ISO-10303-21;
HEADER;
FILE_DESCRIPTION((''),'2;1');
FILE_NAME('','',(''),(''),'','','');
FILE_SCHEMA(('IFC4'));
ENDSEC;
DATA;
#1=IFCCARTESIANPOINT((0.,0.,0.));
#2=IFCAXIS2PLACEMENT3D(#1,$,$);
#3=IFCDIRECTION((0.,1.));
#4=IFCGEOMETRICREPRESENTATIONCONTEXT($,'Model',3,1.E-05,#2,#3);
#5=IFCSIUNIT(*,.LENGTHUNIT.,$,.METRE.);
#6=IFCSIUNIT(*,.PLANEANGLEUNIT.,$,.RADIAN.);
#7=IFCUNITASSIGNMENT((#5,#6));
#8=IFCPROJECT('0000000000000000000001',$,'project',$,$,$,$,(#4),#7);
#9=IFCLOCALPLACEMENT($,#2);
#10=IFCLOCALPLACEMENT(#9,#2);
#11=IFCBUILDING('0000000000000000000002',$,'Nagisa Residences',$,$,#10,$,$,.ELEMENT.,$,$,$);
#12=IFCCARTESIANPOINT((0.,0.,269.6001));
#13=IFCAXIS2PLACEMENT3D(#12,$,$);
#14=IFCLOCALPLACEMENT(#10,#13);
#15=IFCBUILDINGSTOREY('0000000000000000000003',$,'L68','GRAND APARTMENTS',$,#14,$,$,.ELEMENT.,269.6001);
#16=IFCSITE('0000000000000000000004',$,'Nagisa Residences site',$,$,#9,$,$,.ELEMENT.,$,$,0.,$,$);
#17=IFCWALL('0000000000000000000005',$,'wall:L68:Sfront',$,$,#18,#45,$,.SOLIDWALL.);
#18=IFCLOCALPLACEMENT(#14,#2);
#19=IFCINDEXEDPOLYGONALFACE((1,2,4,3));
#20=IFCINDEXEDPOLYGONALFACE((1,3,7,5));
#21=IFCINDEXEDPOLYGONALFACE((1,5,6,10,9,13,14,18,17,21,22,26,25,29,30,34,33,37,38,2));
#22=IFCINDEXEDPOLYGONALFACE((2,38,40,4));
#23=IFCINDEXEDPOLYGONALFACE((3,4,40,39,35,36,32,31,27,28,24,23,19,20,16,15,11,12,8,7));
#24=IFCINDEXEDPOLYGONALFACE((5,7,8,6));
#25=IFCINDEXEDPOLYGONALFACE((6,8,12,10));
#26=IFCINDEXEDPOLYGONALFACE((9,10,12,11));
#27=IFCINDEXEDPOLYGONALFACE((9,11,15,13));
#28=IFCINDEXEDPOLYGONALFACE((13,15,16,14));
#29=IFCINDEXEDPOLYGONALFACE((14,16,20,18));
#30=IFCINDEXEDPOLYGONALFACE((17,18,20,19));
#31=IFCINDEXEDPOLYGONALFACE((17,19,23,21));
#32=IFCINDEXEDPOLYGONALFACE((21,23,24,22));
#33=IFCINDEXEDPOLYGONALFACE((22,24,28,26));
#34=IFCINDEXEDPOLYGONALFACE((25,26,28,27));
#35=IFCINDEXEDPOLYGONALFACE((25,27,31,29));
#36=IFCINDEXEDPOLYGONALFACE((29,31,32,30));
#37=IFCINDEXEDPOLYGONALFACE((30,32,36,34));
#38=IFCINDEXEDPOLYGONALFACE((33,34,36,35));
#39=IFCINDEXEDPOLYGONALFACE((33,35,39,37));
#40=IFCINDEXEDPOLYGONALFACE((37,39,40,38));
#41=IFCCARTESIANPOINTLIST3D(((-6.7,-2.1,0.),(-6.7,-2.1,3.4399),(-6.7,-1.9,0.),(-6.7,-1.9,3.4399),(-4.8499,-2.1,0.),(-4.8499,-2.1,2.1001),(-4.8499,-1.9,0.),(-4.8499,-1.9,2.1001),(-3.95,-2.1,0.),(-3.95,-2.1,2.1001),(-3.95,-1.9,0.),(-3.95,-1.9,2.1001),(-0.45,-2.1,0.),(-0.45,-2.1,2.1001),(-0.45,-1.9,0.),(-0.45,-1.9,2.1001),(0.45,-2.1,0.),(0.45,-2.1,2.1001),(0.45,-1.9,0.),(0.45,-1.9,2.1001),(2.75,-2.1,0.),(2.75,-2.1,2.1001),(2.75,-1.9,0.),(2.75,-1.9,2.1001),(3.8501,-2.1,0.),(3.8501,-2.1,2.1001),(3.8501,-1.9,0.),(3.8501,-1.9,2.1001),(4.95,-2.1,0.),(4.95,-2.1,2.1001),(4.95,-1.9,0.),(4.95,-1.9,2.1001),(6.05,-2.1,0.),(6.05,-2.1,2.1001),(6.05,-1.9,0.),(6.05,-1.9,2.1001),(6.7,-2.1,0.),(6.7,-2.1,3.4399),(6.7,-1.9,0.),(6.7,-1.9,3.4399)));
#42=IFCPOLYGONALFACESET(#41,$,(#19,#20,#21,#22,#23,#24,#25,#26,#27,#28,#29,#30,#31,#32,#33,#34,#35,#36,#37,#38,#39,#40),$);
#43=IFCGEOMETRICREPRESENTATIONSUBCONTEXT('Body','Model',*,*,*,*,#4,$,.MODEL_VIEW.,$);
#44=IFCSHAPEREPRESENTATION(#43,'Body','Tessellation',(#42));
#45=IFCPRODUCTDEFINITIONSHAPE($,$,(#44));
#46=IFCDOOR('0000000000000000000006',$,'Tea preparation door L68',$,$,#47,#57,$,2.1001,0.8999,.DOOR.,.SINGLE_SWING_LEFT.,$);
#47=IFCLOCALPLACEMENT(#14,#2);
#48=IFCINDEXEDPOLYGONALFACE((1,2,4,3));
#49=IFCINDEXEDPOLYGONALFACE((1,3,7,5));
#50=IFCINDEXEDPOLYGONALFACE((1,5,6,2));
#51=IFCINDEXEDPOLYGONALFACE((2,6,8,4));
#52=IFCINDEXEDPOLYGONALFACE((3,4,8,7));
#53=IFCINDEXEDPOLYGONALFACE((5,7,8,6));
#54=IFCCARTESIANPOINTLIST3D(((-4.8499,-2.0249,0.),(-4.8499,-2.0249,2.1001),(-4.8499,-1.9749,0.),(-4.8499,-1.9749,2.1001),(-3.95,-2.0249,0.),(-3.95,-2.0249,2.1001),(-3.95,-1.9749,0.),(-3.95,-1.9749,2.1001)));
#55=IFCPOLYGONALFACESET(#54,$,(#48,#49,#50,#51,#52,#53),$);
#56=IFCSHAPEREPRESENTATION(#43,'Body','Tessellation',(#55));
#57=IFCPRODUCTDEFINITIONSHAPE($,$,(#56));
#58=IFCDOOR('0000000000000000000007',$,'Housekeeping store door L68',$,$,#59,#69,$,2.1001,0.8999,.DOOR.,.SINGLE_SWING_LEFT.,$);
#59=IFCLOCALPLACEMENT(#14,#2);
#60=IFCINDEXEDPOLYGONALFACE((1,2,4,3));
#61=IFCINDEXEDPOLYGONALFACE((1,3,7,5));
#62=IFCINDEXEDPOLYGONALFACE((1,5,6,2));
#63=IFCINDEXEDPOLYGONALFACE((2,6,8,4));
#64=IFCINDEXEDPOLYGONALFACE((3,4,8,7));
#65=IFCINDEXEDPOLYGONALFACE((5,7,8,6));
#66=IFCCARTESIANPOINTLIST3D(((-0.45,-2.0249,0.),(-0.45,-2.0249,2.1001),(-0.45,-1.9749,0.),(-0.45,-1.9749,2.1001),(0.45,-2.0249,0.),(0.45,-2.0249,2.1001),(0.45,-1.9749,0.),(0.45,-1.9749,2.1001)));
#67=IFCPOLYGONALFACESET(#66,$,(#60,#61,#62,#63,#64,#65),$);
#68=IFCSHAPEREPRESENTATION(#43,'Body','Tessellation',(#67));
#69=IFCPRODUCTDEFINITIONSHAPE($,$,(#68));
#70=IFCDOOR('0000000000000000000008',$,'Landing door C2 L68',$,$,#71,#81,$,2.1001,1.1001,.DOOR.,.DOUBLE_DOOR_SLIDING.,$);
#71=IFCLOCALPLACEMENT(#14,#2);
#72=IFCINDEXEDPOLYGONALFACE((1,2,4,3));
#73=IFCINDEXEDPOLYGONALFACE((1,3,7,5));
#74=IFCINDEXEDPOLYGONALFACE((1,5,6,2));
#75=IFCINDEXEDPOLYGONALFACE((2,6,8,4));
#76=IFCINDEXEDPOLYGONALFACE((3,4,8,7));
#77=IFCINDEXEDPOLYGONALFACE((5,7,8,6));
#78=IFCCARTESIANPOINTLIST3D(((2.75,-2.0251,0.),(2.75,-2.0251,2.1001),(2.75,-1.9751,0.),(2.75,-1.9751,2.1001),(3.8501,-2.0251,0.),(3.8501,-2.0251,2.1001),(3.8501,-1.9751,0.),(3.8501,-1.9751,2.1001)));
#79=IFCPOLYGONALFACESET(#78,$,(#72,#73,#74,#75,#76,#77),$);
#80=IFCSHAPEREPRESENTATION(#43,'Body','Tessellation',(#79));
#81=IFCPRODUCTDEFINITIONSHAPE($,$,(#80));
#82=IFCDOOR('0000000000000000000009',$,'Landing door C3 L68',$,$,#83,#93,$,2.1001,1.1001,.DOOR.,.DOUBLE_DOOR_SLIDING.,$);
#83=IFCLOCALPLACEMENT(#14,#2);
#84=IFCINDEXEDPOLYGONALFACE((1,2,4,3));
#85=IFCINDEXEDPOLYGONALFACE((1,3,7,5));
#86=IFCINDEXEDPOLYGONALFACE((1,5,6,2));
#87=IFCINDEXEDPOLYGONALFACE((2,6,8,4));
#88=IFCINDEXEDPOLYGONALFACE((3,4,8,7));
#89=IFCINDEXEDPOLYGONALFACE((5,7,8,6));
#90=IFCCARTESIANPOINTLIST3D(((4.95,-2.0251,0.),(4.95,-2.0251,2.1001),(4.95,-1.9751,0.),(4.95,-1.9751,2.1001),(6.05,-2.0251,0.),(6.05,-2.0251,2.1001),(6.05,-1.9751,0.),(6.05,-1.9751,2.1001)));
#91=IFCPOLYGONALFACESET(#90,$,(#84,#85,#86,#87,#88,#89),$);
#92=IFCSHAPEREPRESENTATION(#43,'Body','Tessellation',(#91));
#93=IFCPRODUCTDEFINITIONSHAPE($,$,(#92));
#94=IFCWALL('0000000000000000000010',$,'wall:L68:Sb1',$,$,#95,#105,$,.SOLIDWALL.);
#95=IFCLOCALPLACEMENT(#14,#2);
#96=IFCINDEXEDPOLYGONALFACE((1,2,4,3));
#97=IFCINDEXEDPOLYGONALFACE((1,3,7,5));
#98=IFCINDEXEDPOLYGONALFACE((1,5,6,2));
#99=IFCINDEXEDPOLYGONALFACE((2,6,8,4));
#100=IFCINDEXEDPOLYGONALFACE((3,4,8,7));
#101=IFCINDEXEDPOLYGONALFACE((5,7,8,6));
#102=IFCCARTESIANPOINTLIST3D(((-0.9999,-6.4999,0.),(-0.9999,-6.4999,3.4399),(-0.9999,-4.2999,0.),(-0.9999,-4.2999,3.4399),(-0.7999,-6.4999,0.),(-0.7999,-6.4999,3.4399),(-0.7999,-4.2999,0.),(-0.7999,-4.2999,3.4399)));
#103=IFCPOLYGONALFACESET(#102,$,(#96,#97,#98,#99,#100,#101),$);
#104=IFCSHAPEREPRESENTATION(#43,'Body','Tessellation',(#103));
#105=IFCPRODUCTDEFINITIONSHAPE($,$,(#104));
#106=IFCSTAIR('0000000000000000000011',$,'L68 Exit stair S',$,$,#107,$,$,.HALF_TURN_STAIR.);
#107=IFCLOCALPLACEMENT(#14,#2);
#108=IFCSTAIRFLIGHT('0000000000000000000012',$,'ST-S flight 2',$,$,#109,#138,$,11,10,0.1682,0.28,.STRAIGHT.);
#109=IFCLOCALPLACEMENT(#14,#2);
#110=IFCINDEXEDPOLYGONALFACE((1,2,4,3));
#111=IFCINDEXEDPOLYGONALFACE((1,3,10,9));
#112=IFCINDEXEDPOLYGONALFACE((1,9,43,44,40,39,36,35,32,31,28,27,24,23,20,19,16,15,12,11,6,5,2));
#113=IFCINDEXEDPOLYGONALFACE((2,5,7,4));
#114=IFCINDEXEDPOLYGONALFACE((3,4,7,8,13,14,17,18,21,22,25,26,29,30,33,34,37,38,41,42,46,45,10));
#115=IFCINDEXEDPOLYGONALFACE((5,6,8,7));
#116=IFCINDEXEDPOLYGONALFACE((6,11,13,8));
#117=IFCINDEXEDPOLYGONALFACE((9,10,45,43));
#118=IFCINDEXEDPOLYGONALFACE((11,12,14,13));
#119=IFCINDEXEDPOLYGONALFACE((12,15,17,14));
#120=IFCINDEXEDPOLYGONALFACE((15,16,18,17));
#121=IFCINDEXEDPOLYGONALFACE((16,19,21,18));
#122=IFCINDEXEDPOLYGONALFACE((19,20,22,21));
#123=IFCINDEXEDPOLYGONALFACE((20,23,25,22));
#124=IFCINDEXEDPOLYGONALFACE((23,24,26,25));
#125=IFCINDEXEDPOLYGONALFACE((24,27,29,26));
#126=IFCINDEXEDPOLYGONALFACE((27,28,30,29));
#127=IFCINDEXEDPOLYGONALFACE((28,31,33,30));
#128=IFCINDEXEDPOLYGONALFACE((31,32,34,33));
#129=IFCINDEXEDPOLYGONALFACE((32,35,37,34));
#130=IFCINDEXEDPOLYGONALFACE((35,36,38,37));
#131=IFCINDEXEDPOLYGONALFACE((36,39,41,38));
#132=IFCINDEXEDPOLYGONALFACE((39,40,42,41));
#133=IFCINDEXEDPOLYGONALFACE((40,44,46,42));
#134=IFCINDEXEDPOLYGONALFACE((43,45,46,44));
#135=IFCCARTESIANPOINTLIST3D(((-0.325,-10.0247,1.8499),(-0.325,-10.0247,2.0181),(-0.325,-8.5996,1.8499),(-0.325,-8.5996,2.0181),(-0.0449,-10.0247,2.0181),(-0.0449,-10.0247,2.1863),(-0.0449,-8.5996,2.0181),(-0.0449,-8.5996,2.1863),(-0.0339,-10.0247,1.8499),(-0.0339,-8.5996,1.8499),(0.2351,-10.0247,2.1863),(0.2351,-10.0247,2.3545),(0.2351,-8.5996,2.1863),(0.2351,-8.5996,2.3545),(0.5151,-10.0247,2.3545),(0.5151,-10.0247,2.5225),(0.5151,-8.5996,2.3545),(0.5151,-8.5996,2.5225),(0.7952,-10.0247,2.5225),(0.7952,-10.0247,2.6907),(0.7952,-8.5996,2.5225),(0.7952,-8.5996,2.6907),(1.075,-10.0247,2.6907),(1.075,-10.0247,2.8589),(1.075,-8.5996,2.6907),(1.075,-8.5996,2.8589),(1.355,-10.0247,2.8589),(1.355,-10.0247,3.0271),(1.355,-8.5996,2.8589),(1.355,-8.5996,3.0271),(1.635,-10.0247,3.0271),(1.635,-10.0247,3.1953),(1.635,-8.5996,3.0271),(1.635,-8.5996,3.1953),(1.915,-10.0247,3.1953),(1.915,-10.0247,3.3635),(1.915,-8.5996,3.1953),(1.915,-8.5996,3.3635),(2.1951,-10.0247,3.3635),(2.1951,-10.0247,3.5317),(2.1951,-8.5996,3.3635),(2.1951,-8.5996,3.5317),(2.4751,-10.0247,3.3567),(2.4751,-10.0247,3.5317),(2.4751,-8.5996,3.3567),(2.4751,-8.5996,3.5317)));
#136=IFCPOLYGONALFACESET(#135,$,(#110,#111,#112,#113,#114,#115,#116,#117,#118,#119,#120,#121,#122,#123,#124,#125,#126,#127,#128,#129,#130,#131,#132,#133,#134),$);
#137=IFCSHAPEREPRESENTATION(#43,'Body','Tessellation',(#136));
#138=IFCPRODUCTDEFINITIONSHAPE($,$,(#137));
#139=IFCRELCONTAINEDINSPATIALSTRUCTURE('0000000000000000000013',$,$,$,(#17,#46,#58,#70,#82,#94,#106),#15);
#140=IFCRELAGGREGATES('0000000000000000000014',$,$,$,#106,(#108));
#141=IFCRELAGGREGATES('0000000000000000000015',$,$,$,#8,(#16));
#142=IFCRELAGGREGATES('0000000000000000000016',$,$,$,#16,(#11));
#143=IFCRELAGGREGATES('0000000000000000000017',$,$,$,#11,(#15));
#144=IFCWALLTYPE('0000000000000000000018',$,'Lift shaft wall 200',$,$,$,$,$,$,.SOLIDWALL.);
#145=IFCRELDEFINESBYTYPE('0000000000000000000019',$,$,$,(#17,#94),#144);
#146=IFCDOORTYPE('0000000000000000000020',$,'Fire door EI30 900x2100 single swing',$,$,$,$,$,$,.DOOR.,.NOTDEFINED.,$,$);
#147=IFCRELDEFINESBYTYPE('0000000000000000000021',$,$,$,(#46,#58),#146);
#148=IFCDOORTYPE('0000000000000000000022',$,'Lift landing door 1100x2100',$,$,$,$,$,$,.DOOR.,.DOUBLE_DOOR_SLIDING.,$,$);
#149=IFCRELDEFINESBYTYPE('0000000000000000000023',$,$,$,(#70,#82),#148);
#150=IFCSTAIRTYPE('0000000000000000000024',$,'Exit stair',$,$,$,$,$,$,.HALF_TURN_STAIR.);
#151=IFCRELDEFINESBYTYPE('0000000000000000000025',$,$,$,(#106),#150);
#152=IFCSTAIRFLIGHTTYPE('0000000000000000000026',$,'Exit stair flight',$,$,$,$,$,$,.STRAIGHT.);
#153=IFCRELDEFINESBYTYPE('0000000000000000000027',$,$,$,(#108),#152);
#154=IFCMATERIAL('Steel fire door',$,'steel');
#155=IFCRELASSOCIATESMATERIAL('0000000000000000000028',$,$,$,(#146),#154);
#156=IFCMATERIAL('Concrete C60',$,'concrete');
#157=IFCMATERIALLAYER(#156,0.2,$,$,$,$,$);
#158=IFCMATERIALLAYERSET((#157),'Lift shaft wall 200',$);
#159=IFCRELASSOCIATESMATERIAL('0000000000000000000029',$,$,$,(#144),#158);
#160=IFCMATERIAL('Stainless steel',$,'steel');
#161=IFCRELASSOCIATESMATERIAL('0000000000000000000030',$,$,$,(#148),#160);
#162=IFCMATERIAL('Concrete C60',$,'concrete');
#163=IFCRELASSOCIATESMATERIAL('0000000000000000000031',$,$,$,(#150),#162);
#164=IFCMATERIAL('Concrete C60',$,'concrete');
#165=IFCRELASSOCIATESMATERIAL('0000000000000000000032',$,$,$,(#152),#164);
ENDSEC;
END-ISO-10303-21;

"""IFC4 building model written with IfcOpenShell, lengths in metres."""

from ifc_helpers import new_model, si_unit, direction, frame, frame_2d, origin, place, context, subcontext, project, spatial, polyline, rectangle, outline, extrude, material, layer, layer_set, type_object, element, fill, aggregate, save


model = new_model("IFC4")

# Units and contexts
model_context = context("Model", 3, precision=1e-05, world=origin(), true_north=direction((0.0, 1.0)))
body_context = subcontext(model_context, "Body", "Model", "MODEL_VIEW")
ifc_project = project(units=[si_unit("LENGTHUNIT", "METRE"), si_unit("PLANEANGLEUNIT", "RADIAN")], contexts=[model_context])

# Site, building, storey
site_placement = place(None, origin())
site = spatial("IfcSite", under=ifc_project, at=site_placement, Name="Nagisa Residences site", CompositionType="ELEMENT", RefElevation=0.0)
building_placement = place(site_placement, origin())
building = spatial("IfcBuilding", under=site, at=building_placement, Name="Nagisa Residences", CompositionType="ELEMENT")
storey_placement = place(building_placement, frame((0.0, 0.0, 269.6001)))
storey = spatial("IfcBuildingStorey", under=building, at=storey_placement, Name="L68", Description="GRAND APARTMENTS", CompositionType="ELEMENT", Elevation=269.6001)

# Shared definitions
ifc_material_1 = material(Name="Steel fire door", Category="steel")
door_type_1 = type_object("IfcDoorType", Name="Fire door EI30 900x2100 single swing", OperationType="NOTDEFINED", PredefinedType="DOOR", material=ifc_material_1)

# Shared definitions
ifc_material_2 = material(Name="Concrete C60", Category="concrete")
ifc_layer_1 = layer(ifc_material_2, 0.2)
ifc_layer_set_1 = layer_set([ifc_layer_1], Name="Lift shaft wall 200")
wall_type_1 = type_object("IfcWallType", Name="Lift shaft wall 200", PredefinedType="SOLIDWALL", material=ifc_layer_set_1)

# Wall, openings, doors
wall_1_placement = place(storey_placement, frame((-6.7, -2.0, 0.0), z_axis=(0.0, 0.0, 1.0), x_axis=(1.0, 0.0, 0.0)))
wall_1 = element("IfcWall", 1, at=wall_1_placement, inside=storey, type_object=wall_type_1, Name="wall:L68:Sfront", PredefinedType="SOLIDWALL", context=body_context, shape_type="SweptSolid", body=[
    extrude(rectangle(XDim=13.3999, YDim=0.2, at=frame_2d((6.7, 0.0))), origin(), (0.0, 0.0, 1.0), 3.4399),
])
opening_1_placement = place(wall_1_placement, frame((9.45, 0.0, 0.0)))
opening_1 = element("IfcOpeningElement", 2, at=opening_1_placement, cuts=wall_1, PredefinedType="OPENING", context=body_context, shape_type="SweptSolid", body=[
    extrude(rectangle(XDim=1.1001, YDim=2.1001, at=frame_2d((0.55, 1.05))), frame((0.0, 0.1099, 0.0), z_axis=(0.0, -1.0, 0.0), x_axis=(1.0, 0.0, 0.0)), (0.0, 0.0, 1.0), 0.22),
])
opening_2_placement = place(wall_1_placement, frame((11.6499, 0.0, 0.0)))
opening_2 = element("IfcOpeningElement", 3, at=opening_2_placement, cuts=wall_1, PredefinedType="OPENING", context=body_context, shape_type="SweptSolid", body=[
    extrude(rectangle(XDim=1.1001, YDim=2.1001, at=frame_2d((0.55, 1.05))), frame((0.0, 0.1099, 0.0), z_axis=(0.0, -1.0, 0.0), x_axis=(1.0, 0.0, 0.0)), (0.0, 0.0, 1.0), 0.22),
])
opening_3_placement = place(wall_1_placement, frame((1.8501, 0.0, 0.0)))
opening_3 = element("IfcOpeningElement", 4, at=opening_3_placement, cuts=wall_1, PredefinedType="OPENING", context=body_context, shape_type="SweptSolid", body=[
    extrude(rectangle(XDim=0.8999, YDim=2.1001, at=frame_2d((0.45, 1.05))), frame((0.0, 0.1099, 0.0), z_axis=(0.0, -1.0, 0.0), x_axis=(1.0, 0.0, 0.0)), (0.0, 0.0, 1.0), 0.22),
])
opening_4_placement = place(wall_1_placement, frame((6.25, 0.0, 0.0)))
opening_4 = element("IfcOpeningElement", 5, at=opening_4_placement, cuts=wall_1, PredefinedType="OPENING", context=body_context, shape_type="SweptSolid", body=[
    extrude(rectangle(XDim=0.8999, YDim=2.1001, at=frame_2d((0.45, 1.05))), frame((0.0, 0.1099, 0.0), z_axis=(0.0, -1.0, 0.0), x_axis=(1.0, 0.0, 0.0)), (0.0, 0.0, 1.0), 0.22),
])
door_1_placement = place(opening_3_placement, frame((0.8999, 0.0, 0.0), x_axis=(-1.0, 0.0, 0.0)))
door_1 = element("IfcDoor", 6, at=door_1_placement, inside=storey, type_object=door_type_1, Name="Tea preparation door L68", OperationType="SINGLE_SWING_LEFT", OverallHeight=2.1001, OverallWidth=0.8999, PredefinedType="DOOR", context=body_context, shape_type="SweptSolid", body=[
    extrude(rectangle(XDim=0.8999, YDim=2.1001, at=frame_2d((0.45, 1.05))), frame((0.0, 0.0249, 0.0), z_axis=(0.0, -1.0, 0.0), x_axis=(1.0, 0.0, 0.0)), (0.0, 0.0, 1.0), 0.05),
])
fill(opening_3, door_1)
door_2_placement = place(opening_4_placement, frame((0.8999, 0.0, 0.0), x_axis=(-1.0, 0.0, 0.0)))
door_2 = element("IfcDoor", 7, at=door_2_placement, inside=storey, type_object=door_type_1, Name="Housekeeping store door L68", OperationType="SINGLE_SWING_LEFT", OverallHeight=2.1001, OverallWidth=0.8999, PredefinedType="DOOR", context=body_context, shape_type="SweptSolid", body=[
    extrude(rectangle(XDim=0.8999, YDim=2.1001, at=frame_2d((0.45, 1.05))), frame((0.0, 0.0249, 0.0), z_axis=(0.0, -1.0, 0.0), x_axis=(1.0, 0.0, 0.0)), (0.0, 0.0, 1.0), 0.05),
])
fill(opening_4, door_2)
ifc_material_3 = material(Name="Stainless steel", Category="steel")
door_type_2 = type_object("IfcDoorType", Name="Lift landing door 1100x2100", OperationType="DOUBLE_DOOR_SLIDING", PredefinedType="DOOR", material=ifc_material_3)
door_3_placement = place(opening_1_placement, origin())
door_3 = element("IfcDoor", 8, at=door_3_placement, inside=storey, type_object=door_type_2, Name="Landing door C2 L68", OperationType="DOUBLE_DOOR_SLIDING", OverallHeight=2.1001, OverallWidth=1.1001, PredefinedType="DOOR", context=body_context, shape_type="SweptSolid", body=[
    extrude(rectangle(XDim=1.1001, YDim=2.1001, at=frame_2d((0.55, 1.05))), frame((0.0, 0.0249, 0.0), z_axis=(0.0, -1.0, 0.0), x_axis=(1.0, 0.0, 0.0)), (0.0, 0.0, 1.0), 0.05),
])
fill(opening_1, door_3)
door_4_placement = place(opening_2_placement, origin())
door_4 = element("IfcDoor", 9, at=door_4_placement, inside=storey, type_object=door_type_2, Name="Landing door C3 L68", OperationType="DOUBLE_DOOR_SLIDING", OverallHeight=2.1001, OverallWidth=1.1001, PredefinedType="DOOR", context=body_context, shape_type="SweptSolid", body=[
    extrude(rectangle(XDim=1.1001, YDim=2.1001, at=frame_2d((0.55, 1.05))), frame((0.0, 0.0249, 0.0), z_axis=(0.0, -1.0, 0.0), x_axis=(1.0, 0.0, 0.0)), (0.0, 0.0, 1.0), 0.05),
])
fill(opening_2, door_4)

# Wall
wall_2_placement = place(storey_placement, frame((-0.8999, -6.5, 0.0), z_axis=(0.0, 0.0, 1.0), x_axis=(0.0, 1.0, 0.0)))
element("IfcWall", 10, at=wall_2_placement, inside=storey, type_object=wall_type_1, Name="wall:L68:Sb1", PredefinedType="SOLIDWALL", context=body_context, shape_type="SweptSolid", body=[
    extrude(rectangle(XDim=2.2, YDim=0.2, at=frame_2d((1.1001, 0.0))), origin(), (0.0, 0.0, 1.0), 3.4399),
])

# Stair, stair flight
ifc_material_4 = material(Name="Concrete C60", Category="concrete")
stair_type = type_object("IfcStairType", Name="Exit stair", PredefinedType="HALF_TURN_STAIR", material=ifc_material_4)
stair_placement = place(storey_placement, origin())
stair = element("IfcStair", 11, at=stair_placement, inside=storey, type_object=stair_type, Name="L68 Exit stair S", PredefinedType="HALF_TURN_STAIR")
ifc_material_5 = material(Name="Concrete C60", Category="concrete")
stair_flight_type = type_object("IfcStairFlightType", Name="Exit stair flight", PredefinedType="STRAIGHT", material=ifc_material_5)
stair_flight_placement = place(storey_placement, frame((-0.325, -9.312, 1.8499), z_axis=(0.0, 0.0, 1.0), x_axis=(1.0, 0.0, 0.0)))
stair_flight = element("IfcStairFlight", 12, at=stair_flight_placement, type_object=stair_flight_type, Name="ST-S flight 2", NumberOfRisers=11, NumberOfTreads=10, PredefinedType="STRAIGHT", RiserHeight=0.1682, TreadLength=0.28, context=body_context, shape_type="SweptSolid", body=[
    extrude(outline(polyline([(0.0, 0.0), (0.0, 0.1682), (0.28, 0.1682), (0.28, 0.3364), (0.5601, 0.3364), (0.5601, 0.5046), (0.8401, 0.5046), (0.8401, 0.6726), (1.1201, 0.6726), (1.1201, 0.8408), (1.3999, 0.8408), (1.3999, 1.009), (1.6799, 1.009), (1.6799, 1.1772), (1.96, 1.1772), (1.96, 1.3455), (2.24, 1.3455), (2.24, 1.5137), (2.52, 1.5137), (2.52, 1.6819), (2.8, 1.6819), (2.8, 1.8501), (2.8, 1.5068), (0.291, 0.0), (0.0, 0.0)])), frame((0.0, 0.7124, 0.0), z_axis=(0.0, -1.0, 0.0), x_axis=(1.0, 0.0, 0.0)), (0.0, 0.0, 1.0), 1.425),
])
aggregate(stair, [stair_flight])

save(model, "model.ifc")
